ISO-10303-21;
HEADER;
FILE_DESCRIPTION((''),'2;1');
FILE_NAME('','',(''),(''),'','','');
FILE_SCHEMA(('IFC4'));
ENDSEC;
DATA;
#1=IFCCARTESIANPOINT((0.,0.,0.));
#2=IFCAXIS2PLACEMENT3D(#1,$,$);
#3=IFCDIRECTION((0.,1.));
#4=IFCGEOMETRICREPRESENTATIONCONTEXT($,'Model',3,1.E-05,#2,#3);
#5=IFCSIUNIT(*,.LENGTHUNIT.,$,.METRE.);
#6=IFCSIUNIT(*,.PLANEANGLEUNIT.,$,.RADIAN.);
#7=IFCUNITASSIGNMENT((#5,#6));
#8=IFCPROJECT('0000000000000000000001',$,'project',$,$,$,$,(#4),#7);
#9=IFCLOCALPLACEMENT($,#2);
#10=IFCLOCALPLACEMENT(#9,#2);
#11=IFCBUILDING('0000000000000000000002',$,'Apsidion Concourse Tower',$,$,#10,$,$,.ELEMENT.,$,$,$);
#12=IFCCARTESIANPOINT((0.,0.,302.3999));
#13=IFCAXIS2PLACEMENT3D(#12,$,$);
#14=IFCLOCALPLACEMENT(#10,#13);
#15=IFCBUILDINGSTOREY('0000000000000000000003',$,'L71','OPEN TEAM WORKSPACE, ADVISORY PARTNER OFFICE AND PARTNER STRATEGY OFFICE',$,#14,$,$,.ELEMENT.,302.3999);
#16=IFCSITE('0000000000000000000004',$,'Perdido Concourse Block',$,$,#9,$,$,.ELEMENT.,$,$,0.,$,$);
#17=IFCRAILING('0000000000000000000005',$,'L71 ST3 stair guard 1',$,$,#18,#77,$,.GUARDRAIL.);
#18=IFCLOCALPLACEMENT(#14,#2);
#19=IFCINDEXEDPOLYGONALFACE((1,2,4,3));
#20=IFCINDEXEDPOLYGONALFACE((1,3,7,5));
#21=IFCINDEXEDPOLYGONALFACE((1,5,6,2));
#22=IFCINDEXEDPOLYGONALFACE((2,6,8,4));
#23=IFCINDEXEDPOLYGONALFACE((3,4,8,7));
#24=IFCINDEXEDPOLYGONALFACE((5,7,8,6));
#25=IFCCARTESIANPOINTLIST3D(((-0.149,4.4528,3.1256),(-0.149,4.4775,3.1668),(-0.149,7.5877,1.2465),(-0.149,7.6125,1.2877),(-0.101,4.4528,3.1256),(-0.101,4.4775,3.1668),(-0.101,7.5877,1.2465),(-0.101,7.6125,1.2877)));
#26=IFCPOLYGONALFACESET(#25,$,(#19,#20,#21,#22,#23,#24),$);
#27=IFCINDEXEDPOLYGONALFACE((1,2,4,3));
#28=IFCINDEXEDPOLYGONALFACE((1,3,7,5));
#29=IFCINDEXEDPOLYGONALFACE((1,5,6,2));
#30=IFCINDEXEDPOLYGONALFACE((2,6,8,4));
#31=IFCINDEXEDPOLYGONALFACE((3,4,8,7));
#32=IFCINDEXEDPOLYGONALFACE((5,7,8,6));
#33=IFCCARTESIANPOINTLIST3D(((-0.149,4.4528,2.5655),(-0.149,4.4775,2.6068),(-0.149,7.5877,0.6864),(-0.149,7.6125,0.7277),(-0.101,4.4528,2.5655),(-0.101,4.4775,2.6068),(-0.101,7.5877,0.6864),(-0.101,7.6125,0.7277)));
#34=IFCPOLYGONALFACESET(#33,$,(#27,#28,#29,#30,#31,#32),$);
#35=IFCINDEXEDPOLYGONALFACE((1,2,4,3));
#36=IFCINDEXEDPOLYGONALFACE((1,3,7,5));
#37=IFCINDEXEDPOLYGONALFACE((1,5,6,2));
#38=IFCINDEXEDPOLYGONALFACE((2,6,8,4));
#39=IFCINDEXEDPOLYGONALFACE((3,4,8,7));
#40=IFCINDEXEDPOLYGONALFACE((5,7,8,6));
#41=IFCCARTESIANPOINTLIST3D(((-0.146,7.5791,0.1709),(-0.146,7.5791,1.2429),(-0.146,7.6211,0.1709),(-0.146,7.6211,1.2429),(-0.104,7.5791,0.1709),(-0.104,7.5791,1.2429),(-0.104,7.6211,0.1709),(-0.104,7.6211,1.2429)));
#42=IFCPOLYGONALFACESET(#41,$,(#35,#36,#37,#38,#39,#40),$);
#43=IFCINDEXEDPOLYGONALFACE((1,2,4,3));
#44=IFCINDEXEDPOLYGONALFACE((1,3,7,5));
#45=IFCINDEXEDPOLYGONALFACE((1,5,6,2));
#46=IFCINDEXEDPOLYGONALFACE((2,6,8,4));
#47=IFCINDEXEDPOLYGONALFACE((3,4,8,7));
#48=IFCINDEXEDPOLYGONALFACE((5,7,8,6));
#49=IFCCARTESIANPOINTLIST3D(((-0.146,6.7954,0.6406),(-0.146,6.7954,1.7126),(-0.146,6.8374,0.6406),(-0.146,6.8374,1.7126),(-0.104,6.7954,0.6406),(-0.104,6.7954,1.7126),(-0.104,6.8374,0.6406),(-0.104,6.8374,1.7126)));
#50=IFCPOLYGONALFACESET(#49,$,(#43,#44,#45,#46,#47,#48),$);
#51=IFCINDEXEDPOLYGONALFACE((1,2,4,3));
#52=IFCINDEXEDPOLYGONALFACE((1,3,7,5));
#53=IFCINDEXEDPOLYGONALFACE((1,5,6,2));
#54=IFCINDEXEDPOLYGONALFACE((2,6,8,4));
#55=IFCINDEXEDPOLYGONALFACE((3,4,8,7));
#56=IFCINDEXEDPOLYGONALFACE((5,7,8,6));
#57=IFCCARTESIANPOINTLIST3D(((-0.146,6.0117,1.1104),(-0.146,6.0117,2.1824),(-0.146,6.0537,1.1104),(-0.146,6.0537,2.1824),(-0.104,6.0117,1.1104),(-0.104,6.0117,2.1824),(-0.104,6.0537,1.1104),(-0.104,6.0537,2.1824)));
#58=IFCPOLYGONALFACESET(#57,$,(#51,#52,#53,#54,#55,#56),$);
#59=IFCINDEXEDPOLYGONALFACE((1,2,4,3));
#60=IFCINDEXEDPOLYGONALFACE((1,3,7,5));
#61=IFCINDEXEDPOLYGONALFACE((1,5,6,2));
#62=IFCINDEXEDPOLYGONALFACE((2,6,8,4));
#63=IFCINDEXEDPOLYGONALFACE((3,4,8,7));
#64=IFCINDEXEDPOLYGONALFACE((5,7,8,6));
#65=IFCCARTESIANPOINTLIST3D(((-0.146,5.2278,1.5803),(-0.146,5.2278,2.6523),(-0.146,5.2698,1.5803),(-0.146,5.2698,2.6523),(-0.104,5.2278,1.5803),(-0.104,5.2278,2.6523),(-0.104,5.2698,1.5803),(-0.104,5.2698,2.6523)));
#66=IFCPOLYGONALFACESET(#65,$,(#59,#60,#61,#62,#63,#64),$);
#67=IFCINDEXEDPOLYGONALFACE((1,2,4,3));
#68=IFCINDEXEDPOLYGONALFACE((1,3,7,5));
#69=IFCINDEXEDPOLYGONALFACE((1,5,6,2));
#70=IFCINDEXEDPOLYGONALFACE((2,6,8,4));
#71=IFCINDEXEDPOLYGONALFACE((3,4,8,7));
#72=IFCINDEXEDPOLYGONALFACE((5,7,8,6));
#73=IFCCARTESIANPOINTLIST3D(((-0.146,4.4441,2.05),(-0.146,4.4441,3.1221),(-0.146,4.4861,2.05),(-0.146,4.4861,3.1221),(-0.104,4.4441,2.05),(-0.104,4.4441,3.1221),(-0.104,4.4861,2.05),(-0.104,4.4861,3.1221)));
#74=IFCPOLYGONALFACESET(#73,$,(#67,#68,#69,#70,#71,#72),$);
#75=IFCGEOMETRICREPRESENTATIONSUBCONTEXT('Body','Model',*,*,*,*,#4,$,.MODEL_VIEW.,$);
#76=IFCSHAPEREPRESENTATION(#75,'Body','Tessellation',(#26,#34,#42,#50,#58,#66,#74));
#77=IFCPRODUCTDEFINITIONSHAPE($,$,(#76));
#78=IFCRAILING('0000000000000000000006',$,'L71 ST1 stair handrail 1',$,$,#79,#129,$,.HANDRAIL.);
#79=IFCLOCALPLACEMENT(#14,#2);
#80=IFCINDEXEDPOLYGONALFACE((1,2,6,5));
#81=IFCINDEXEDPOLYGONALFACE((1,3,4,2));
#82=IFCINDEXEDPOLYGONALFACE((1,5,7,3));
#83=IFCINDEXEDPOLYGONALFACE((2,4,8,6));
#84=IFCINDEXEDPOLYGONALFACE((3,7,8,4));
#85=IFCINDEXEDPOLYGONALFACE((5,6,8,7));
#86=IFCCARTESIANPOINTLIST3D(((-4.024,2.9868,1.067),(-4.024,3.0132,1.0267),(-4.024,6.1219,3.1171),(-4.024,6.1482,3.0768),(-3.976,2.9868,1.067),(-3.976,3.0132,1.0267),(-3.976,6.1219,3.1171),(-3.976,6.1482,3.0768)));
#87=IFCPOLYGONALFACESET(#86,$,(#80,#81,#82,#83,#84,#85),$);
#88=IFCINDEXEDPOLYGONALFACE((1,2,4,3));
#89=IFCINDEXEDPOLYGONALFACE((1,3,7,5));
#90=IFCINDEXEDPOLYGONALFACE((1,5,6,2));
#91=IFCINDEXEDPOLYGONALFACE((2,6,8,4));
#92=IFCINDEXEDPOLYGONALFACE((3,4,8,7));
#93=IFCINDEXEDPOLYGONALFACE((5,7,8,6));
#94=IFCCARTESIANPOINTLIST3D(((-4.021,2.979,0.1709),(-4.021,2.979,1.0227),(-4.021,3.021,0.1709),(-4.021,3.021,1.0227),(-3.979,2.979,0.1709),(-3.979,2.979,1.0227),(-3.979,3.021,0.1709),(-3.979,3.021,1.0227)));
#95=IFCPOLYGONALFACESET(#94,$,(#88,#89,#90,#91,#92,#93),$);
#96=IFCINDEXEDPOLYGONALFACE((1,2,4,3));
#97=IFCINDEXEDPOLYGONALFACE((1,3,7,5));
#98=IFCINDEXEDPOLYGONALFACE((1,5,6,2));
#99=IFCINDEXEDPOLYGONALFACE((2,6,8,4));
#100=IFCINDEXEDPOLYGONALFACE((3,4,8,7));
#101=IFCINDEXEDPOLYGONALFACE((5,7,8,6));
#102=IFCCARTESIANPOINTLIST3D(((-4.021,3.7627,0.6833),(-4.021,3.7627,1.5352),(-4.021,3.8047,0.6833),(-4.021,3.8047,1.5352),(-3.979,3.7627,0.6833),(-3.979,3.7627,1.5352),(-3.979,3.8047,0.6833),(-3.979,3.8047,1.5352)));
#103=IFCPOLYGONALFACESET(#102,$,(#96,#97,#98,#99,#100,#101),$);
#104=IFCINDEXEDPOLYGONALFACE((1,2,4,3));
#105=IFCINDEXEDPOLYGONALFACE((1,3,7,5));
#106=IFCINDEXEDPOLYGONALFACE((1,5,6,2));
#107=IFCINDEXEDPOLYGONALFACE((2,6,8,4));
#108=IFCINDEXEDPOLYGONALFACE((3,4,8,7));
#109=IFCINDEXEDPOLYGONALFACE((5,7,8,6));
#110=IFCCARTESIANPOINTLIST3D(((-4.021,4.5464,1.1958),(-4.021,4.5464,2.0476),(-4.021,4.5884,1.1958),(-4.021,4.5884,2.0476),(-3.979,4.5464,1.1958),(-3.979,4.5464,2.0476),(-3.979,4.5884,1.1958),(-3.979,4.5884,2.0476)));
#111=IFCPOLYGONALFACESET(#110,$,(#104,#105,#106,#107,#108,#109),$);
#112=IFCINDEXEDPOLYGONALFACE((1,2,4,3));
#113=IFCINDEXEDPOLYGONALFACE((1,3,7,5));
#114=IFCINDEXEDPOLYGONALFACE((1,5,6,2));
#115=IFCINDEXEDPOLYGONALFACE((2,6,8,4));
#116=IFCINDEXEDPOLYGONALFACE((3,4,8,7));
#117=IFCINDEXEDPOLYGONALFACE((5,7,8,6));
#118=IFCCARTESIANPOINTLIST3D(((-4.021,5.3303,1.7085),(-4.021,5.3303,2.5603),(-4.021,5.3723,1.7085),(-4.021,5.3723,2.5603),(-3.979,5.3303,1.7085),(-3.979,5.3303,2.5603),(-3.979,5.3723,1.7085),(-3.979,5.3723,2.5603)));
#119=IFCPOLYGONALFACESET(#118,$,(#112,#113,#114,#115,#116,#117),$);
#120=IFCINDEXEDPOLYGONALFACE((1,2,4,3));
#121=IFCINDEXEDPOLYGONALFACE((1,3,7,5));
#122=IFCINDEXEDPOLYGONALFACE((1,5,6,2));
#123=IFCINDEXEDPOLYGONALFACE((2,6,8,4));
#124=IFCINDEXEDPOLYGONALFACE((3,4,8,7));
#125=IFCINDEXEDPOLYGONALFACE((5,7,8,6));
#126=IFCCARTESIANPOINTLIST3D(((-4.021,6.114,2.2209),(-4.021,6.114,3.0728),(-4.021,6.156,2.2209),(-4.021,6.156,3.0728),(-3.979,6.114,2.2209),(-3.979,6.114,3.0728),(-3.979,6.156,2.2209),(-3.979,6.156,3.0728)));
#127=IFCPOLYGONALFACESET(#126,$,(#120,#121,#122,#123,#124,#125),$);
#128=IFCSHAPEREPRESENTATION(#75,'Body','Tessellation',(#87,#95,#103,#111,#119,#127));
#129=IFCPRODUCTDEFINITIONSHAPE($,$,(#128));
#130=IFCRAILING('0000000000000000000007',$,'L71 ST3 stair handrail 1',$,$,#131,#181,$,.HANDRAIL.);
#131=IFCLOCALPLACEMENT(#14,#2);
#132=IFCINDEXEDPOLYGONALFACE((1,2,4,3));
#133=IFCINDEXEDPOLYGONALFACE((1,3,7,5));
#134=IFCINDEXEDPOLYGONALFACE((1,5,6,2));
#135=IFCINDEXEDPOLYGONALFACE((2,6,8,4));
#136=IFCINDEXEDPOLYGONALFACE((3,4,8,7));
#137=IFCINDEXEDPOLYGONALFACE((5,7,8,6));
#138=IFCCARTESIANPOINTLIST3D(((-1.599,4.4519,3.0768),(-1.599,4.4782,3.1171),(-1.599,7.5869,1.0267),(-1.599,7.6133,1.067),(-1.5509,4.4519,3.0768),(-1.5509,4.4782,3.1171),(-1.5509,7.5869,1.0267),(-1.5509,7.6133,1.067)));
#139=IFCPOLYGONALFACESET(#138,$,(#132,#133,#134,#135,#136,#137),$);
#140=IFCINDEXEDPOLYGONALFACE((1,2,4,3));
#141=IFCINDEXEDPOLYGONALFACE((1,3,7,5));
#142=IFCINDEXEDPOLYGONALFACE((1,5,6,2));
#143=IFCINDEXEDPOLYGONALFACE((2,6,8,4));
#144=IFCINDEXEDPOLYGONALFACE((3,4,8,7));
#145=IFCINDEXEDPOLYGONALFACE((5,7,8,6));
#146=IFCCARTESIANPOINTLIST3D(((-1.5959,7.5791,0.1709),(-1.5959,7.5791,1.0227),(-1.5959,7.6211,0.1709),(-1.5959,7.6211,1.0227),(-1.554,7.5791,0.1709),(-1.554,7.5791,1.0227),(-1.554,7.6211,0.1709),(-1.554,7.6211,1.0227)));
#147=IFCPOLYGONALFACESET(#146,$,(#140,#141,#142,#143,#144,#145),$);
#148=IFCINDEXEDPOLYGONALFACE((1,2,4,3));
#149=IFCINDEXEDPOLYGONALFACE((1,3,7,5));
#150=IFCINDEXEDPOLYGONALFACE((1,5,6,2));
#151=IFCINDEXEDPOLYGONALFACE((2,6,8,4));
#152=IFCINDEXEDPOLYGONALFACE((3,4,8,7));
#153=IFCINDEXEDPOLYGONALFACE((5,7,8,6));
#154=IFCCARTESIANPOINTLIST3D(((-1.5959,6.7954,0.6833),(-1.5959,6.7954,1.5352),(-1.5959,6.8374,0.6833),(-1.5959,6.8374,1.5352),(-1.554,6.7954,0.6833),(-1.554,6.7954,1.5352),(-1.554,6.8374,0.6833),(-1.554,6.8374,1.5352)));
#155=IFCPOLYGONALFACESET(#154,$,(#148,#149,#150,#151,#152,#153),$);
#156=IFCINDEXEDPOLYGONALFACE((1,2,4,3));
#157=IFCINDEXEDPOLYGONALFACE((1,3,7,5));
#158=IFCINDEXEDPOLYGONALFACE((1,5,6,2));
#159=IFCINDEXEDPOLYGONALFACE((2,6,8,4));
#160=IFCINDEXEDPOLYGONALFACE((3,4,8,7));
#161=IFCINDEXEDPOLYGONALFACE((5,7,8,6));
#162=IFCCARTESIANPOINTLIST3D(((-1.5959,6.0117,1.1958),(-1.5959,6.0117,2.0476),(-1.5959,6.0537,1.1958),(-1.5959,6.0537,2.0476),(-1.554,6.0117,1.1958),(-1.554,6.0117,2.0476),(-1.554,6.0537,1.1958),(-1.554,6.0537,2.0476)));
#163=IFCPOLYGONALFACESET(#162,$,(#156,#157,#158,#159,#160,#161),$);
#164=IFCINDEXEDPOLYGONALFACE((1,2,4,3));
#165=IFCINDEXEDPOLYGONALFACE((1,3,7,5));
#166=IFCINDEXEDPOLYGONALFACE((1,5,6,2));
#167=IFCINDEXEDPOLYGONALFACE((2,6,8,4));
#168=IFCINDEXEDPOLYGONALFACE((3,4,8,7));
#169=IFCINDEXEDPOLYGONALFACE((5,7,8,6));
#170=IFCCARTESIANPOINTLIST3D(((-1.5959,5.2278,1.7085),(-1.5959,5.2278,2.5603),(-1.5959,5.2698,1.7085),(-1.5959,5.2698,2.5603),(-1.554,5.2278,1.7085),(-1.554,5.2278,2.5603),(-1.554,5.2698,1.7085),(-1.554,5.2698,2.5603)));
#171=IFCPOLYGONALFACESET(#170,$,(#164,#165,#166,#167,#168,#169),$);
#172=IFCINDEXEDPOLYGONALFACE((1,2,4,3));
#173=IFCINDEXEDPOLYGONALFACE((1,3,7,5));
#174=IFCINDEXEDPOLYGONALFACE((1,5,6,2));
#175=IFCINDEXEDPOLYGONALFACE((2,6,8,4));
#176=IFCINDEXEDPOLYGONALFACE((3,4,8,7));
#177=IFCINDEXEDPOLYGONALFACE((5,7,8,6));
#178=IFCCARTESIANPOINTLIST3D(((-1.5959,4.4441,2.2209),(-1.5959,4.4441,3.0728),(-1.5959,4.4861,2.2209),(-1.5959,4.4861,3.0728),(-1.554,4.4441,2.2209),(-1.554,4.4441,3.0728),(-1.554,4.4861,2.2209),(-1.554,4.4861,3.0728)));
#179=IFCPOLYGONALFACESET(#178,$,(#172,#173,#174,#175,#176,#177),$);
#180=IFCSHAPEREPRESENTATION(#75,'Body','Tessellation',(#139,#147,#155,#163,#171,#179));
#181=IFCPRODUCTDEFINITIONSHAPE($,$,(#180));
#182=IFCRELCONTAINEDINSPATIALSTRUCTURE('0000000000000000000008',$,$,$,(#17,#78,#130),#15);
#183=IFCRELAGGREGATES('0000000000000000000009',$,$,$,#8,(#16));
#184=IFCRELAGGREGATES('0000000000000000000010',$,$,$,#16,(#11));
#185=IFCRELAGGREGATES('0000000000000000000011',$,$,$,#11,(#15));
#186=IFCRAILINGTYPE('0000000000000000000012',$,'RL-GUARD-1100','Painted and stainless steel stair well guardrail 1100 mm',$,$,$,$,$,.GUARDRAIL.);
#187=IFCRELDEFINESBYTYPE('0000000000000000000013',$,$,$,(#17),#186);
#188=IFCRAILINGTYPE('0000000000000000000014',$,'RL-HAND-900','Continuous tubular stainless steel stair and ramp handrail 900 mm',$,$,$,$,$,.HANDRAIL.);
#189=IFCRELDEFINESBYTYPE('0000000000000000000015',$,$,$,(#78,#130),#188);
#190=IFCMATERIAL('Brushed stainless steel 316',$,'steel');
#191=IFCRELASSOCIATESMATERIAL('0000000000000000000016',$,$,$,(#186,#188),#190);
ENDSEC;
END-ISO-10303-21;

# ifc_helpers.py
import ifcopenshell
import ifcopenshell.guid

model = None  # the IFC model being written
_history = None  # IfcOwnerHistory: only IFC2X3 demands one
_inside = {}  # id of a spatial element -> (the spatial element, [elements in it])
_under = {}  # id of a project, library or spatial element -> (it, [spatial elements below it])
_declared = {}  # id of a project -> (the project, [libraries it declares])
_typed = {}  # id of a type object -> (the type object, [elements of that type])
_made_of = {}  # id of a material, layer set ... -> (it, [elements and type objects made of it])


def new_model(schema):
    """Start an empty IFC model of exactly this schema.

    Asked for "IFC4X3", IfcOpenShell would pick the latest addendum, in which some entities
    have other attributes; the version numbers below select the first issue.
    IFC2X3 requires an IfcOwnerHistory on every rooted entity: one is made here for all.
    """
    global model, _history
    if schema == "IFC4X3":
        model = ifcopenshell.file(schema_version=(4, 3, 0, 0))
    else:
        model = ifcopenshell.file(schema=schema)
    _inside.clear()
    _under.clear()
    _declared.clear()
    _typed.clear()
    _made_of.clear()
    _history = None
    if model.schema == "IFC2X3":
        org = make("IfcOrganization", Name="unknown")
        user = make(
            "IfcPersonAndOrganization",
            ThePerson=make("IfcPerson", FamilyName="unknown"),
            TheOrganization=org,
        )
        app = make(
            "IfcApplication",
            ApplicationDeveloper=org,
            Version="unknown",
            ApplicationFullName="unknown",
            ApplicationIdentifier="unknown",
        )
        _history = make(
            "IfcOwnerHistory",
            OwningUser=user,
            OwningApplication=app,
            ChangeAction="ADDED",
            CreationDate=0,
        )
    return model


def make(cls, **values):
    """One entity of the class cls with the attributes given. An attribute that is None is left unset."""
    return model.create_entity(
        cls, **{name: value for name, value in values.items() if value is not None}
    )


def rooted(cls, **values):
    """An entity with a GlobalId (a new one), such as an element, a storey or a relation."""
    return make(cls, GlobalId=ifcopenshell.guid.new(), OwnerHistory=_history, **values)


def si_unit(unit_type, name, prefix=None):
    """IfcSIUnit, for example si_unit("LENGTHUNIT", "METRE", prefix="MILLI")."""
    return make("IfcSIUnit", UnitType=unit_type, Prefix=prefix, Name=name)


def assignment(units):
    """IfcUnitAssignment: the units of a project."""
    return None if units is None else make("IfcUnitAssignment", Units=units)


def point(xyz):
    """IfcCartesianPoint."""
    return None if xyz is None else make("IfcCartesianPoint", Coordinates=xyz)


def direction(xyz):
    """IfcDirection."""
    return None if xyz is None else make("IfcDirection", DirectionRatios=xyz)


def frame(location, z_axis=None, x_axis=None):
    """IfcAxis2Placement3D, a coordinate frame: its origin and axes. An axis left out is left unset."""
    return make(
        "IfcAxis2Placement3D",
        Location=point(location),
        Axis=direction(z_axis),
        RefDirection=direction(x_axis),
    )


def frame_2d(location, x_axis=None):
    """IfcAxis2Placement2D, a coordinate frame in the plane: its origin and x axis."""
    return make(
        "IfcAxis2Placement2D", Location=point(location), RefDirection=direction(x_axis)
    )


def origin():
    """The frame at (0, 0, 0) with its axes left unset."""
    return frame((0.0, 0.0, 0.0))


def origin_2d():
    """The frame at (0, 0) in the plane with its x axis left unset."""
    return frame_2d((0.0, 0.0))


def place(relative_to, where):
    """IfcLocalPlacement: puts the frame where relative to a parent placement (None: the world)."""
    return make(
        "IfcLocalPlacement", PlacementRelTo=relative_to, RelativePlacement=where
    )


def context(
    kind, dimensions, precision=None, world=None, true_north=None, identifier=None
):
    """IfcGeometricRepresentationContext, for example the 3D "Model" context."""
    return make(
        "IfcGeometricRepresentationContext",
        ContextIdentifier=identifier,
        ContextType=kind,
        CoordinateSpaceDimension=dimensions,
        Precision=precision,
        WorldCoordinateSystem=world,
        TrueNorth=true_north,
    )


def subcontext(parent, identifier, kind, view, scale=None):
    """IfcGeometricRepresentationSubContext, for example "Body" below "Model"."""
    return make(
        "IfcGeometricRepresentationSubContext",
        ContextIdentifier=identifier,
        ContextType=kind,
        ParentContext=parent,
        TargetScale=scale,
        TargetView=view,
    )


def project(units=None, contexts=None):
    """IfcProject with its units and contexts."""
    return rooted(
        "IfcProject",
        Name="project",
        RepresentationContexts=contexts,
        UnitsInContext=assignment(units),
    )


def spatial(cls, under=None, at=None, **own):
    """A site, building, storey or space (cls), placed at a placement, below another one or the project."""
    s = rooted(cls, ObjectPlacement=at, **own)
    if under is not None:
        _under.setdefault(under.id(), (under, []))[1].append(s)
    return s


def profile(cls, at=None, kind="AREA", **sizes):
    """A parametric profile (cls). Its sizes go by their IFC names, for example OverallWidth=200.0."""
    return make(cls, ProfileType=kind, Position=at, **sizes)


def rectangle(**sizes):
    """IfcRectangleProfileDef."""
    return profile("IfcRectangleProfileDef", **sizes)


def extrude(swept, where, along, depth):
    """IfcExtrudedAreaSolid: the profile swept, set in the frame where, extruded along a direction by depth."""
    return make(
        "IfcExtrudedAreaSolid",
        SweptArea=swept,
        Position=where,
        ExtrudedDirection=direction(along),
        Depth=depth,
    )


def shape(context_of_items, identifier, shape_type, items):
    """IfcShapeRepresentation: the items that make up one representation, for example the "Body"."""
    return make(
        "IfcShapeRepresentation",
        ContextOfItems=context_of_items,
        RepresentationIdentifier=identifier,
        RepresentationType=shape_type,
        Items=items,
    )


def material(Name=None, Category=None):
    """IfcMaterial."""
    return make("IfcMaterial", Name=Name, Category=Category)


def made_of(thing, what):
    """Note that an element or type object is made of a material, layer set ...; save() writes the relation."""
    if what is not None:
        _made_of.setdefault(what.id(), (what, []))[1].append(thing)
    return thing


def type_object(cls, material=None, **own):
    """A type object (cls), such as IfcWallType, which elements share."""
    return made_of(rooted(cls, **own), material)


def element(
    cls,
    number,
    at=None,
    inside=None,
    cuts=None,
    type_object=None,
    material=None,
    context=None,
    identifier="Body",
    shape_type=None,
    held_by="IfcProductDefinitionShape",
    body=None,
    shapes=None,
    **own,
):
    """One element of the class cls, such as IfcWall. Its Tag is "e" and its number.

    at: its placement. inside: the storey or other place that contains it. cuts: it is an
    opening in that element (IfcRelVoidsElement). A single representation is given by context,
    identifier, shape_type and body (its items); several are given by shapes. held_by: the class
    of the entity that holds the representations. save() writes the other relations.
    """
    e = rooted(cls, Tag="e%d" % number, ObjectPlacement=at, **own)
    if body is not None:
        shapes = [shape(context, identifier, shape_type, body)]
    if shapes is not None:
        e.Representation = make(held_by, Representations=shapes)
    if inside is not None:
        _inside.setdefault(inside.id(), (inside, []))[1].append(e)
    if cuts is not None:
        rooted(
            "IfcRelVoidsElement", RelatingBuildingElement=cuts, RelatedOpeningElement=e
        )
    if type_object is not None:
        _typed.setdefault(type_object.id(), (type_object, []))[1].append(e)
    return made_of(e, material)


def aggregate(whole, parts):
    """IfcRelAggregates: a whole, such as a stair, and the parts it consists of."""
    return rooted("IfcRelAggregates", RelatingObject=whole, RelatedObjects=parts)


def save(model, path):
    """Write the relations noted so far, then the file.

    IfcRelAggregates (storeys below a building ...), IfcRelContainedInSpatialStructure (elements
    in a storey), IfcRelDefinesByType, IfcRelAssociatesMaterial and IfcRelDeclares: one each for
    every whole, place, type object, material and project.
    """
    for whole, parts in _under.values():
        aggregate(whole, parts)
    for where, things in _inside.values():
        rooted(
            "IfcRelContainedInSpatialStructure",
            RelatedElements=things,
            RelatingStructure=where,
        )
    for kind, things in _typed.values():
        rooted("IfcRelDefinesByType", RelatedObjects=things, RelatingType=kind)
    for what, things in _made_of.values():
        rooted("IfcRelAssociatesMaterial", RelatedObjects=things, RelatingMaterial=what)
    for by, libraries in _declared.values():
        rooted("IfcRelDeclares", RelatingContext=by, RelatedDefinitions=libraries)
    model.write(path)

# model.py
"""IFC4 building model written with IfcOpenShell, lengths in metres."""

from ifc_helpers import new_model, si_unit, direction, frame, origin, origin_2d, place, context, subcontext, project, spatial, rectangle, extrude, material, type_object, element, save


model = new_model("IFC4")

# Units and contexts
model_context = context("Model", 3, precision=1e-05, world=origin(), true_north=direction((0.0, 1.0)))
body_context = subcontext(model_context, "Body", "Model", "MODEL_VIEW")
ifc_project = project(units=[si_unit("LENGTHUNIT", "METRE"), si_unit("PLANEANGLEUNIT", "RADIAN")], contexts=[model_context])

# Site, building, storey
site_placement = place(None, origin())
site = spatial("IfcSite", under=ifc_project, at=site_placement, Name="Perdido Concourse Block", CompositionType="ELEMENT", RefElevation=0.0)
building_placement = place(site_placement, origin())
building = spatial("IfcBuilding", under=site, at=building_placement, Name="Apsidion Concourse Tower", CompositionType="ELEMENT")
storey_placement = place(building_placement, frame((0.0, 0.0, 302.3999)))
storey = spatial("IfcBuildingStorey", under=building, at=storey_placement, Name="L71", Description="OPEN TEAM WORKSPACE, ADVISORY PARTNER OFFICE AND PARTNER STRATEGY OFFICE", CompositionType="ELEMENT", Elevation=302.3999)

# Shared definitions
ifc_material_1 = material(Name="Brushed stainless steel 316", Category="steel")

# Railings
railing_type_1 = type_object("IfcRailingType", Name="RL-GUARD-1100", Description="Painted and stainless steel stair well guardrail 1100 mm", PredefinedType="GUARDRAIL", material=ifc_material_1)
railing_1_placement = place(storey_placement, frame((-0.125, 7.6001, 0.1709)))
element("IfcRailing", 1, at=railing_1_placement, inside=storey, type_object=railing_type_1, Name="L71 ST3 stair guard 1", PredefinedType="GUARDRAIL", context=body_context, shape_type="SweptSolid", body=[
    extrude(rectangle(XDim=0.0481, YDim=0.0481, at=origin_2d()), frame((0.0, 0.0, 1.0962), z_axis=(0.0, -0.857717, 0.514122), x_axis=(1.0, 0.0, 0.0)), (0.0, 0.0, 1.0), 3.655),
    extrude(rectangle(XDim=0.0481, YDim=0.0481, at=origin_2d()), frame((0.0, 0.0, 0.5361), z_axis=(0.0, -0.857717, 0.514122), x_axis=(1.0, 0.0, 0.0)), (0.0, 0.0, 1.0), 3.655),
    extrude(rectangle(XDim=0.042, YDim=0.042, at=origin_2d()), origin(), (0.0, 0.0, 1.0), 1.072),
    extrude(rectangle(XDim=0.042, YDim=0.042, at=origin_2d()), frame((0.0, -0.7837, 0.4697)), (0.0, 0.0, 1.0), 1.072),
    extrude(rectangle(XDim=0.042, YDim=0.042, at=origin_2d()), frame((0.0, -1.5674, 0.9395)), (0.0, 0.0, 1.0), 1.072),
    extrude(rectangle(XDim=0.042, YDim=0.042, at=origin_2d()), frame((0.0, -2.3513, 1.4094)), (0.0, 0.0, 1.0), 1.072),
    extrude(rectangle(XDim=0.042, YDim=0.042, at=origin_2d()), frame((0.0, -3.135, 1.8792)), (0.0, 0.0, 1.0), 1.072),
])
railing_type_2 = type_object("IfcRailingType", Name="RL-HAND-900", Description="Continuous tubular stainless steel stair and ramp handrail 900 mm", PredefinedType="HANDRAIL", material=ifc_material_1)
railing_2_placement = place(storey_placement, frame((-4.0, 3.0, 0.1709)))
element("IfcRailing", 2, at=railing_2_placement, inside=storey, type_object=railing_type_2, Name="L71 ST1 stair handrail 1", PredefinedType="HANDRAIL", context=body_context, shape_type="SweptSolid", body=[
    extrude(rectangle(XDim=0.0481, YDim=0.0481, at=origin_2d()), frame((0.0, 0.0, 0.876), z_axis=(0.0, 0.836941, 0.547293), x_axis=(-1.0, 0.0, 0.0)), (0.0, 0.0, 1.0), 3.7458),
    extrude(rectangle(XDim=0.042, YDim=0.042, at=origin_2d()), origin(), (0.0, 0.0, 1.0), 0.8518),
    extrude(rectangle(XDim=0.042, YDim=0.042, at=origin_2d()), frame((0.0, 0.7837, 0.5125)), (0.0, 0.0, 1.0), 0.8518),
    extrude(rectangle(XDim=0.042, YDim=0.042, at=origin_2d()), frame((0.0, 1.5674, 1.0249)), (0.0, 0.0, 1.0), 0.8518),
    extrude(rectangle(XDim=0.042, YDim=0.042, at=origin_2d()), frame((0.0, 2.3513, 1.5376)), (0.0, 0.0, 1.0), 0.8518),
    extrude(rectangle(XDim=0.042, YDim=0.042, at=origin_2d()), frame((0.0, 3.135, 2.05)), (0.0, 0.0, 1.0), 0.8518),
])
railing_3_placement = place(storey_placement, frame((-1.575, 7.6001, 0.1709)))
element("IfcRailing", 3, at=railing_3_placement, inside=storey, type_object=railing_type_2, Name="L71 ST3 stair handrail 1", PredefinedType="HANDRAIL", context=body_context, shape_type="SweptSolid", body=[
    extrude(rectangle(XDim=0.0481, YDim=0.0481, at=origin_2d()), frame((0.0, 0.0, 0.876), z_axis=(0.0, -0.836941, 0.547293), x_axis=(1.0, 0.0, 0.0)), (0.0, 0.0, 1.0), 3.7458),
    extrude(rectangle(XDim=0.042, YDim=0.042, at=origin_2d()), origin(), (0.0, 0.0, 1.0), 0.8518),
    extrude(rectangle(XDim=0.042, YDim=0.042, at=origin_2d()), frame((0.0, -0.7837, 0.5125)), (0.0, 0.0, 1.0), 0.8518),
    extrude(rectangle(XDim=0.042, YDim=0.042, at=origin_2d()), frame((0.0, -1.5674, 1.0249)), (0.0, 0.0, 1.0), 0.8518),
    extrude(rectangle(XDim=0.042, YDim=0.042, at=origin_2d()), frame((0.0, -2.3513, 1.5376)), (0.0, 0.0, 1.0), 0.8518),
    extrude(rectangle(XDim=0.042, YDim=0.042, at=origin_2d()), frame((0.0, -3.135, 2.05)), (0.0, 0.0, 1.0), 0.8518),
])

save(model, "model.ifc")
